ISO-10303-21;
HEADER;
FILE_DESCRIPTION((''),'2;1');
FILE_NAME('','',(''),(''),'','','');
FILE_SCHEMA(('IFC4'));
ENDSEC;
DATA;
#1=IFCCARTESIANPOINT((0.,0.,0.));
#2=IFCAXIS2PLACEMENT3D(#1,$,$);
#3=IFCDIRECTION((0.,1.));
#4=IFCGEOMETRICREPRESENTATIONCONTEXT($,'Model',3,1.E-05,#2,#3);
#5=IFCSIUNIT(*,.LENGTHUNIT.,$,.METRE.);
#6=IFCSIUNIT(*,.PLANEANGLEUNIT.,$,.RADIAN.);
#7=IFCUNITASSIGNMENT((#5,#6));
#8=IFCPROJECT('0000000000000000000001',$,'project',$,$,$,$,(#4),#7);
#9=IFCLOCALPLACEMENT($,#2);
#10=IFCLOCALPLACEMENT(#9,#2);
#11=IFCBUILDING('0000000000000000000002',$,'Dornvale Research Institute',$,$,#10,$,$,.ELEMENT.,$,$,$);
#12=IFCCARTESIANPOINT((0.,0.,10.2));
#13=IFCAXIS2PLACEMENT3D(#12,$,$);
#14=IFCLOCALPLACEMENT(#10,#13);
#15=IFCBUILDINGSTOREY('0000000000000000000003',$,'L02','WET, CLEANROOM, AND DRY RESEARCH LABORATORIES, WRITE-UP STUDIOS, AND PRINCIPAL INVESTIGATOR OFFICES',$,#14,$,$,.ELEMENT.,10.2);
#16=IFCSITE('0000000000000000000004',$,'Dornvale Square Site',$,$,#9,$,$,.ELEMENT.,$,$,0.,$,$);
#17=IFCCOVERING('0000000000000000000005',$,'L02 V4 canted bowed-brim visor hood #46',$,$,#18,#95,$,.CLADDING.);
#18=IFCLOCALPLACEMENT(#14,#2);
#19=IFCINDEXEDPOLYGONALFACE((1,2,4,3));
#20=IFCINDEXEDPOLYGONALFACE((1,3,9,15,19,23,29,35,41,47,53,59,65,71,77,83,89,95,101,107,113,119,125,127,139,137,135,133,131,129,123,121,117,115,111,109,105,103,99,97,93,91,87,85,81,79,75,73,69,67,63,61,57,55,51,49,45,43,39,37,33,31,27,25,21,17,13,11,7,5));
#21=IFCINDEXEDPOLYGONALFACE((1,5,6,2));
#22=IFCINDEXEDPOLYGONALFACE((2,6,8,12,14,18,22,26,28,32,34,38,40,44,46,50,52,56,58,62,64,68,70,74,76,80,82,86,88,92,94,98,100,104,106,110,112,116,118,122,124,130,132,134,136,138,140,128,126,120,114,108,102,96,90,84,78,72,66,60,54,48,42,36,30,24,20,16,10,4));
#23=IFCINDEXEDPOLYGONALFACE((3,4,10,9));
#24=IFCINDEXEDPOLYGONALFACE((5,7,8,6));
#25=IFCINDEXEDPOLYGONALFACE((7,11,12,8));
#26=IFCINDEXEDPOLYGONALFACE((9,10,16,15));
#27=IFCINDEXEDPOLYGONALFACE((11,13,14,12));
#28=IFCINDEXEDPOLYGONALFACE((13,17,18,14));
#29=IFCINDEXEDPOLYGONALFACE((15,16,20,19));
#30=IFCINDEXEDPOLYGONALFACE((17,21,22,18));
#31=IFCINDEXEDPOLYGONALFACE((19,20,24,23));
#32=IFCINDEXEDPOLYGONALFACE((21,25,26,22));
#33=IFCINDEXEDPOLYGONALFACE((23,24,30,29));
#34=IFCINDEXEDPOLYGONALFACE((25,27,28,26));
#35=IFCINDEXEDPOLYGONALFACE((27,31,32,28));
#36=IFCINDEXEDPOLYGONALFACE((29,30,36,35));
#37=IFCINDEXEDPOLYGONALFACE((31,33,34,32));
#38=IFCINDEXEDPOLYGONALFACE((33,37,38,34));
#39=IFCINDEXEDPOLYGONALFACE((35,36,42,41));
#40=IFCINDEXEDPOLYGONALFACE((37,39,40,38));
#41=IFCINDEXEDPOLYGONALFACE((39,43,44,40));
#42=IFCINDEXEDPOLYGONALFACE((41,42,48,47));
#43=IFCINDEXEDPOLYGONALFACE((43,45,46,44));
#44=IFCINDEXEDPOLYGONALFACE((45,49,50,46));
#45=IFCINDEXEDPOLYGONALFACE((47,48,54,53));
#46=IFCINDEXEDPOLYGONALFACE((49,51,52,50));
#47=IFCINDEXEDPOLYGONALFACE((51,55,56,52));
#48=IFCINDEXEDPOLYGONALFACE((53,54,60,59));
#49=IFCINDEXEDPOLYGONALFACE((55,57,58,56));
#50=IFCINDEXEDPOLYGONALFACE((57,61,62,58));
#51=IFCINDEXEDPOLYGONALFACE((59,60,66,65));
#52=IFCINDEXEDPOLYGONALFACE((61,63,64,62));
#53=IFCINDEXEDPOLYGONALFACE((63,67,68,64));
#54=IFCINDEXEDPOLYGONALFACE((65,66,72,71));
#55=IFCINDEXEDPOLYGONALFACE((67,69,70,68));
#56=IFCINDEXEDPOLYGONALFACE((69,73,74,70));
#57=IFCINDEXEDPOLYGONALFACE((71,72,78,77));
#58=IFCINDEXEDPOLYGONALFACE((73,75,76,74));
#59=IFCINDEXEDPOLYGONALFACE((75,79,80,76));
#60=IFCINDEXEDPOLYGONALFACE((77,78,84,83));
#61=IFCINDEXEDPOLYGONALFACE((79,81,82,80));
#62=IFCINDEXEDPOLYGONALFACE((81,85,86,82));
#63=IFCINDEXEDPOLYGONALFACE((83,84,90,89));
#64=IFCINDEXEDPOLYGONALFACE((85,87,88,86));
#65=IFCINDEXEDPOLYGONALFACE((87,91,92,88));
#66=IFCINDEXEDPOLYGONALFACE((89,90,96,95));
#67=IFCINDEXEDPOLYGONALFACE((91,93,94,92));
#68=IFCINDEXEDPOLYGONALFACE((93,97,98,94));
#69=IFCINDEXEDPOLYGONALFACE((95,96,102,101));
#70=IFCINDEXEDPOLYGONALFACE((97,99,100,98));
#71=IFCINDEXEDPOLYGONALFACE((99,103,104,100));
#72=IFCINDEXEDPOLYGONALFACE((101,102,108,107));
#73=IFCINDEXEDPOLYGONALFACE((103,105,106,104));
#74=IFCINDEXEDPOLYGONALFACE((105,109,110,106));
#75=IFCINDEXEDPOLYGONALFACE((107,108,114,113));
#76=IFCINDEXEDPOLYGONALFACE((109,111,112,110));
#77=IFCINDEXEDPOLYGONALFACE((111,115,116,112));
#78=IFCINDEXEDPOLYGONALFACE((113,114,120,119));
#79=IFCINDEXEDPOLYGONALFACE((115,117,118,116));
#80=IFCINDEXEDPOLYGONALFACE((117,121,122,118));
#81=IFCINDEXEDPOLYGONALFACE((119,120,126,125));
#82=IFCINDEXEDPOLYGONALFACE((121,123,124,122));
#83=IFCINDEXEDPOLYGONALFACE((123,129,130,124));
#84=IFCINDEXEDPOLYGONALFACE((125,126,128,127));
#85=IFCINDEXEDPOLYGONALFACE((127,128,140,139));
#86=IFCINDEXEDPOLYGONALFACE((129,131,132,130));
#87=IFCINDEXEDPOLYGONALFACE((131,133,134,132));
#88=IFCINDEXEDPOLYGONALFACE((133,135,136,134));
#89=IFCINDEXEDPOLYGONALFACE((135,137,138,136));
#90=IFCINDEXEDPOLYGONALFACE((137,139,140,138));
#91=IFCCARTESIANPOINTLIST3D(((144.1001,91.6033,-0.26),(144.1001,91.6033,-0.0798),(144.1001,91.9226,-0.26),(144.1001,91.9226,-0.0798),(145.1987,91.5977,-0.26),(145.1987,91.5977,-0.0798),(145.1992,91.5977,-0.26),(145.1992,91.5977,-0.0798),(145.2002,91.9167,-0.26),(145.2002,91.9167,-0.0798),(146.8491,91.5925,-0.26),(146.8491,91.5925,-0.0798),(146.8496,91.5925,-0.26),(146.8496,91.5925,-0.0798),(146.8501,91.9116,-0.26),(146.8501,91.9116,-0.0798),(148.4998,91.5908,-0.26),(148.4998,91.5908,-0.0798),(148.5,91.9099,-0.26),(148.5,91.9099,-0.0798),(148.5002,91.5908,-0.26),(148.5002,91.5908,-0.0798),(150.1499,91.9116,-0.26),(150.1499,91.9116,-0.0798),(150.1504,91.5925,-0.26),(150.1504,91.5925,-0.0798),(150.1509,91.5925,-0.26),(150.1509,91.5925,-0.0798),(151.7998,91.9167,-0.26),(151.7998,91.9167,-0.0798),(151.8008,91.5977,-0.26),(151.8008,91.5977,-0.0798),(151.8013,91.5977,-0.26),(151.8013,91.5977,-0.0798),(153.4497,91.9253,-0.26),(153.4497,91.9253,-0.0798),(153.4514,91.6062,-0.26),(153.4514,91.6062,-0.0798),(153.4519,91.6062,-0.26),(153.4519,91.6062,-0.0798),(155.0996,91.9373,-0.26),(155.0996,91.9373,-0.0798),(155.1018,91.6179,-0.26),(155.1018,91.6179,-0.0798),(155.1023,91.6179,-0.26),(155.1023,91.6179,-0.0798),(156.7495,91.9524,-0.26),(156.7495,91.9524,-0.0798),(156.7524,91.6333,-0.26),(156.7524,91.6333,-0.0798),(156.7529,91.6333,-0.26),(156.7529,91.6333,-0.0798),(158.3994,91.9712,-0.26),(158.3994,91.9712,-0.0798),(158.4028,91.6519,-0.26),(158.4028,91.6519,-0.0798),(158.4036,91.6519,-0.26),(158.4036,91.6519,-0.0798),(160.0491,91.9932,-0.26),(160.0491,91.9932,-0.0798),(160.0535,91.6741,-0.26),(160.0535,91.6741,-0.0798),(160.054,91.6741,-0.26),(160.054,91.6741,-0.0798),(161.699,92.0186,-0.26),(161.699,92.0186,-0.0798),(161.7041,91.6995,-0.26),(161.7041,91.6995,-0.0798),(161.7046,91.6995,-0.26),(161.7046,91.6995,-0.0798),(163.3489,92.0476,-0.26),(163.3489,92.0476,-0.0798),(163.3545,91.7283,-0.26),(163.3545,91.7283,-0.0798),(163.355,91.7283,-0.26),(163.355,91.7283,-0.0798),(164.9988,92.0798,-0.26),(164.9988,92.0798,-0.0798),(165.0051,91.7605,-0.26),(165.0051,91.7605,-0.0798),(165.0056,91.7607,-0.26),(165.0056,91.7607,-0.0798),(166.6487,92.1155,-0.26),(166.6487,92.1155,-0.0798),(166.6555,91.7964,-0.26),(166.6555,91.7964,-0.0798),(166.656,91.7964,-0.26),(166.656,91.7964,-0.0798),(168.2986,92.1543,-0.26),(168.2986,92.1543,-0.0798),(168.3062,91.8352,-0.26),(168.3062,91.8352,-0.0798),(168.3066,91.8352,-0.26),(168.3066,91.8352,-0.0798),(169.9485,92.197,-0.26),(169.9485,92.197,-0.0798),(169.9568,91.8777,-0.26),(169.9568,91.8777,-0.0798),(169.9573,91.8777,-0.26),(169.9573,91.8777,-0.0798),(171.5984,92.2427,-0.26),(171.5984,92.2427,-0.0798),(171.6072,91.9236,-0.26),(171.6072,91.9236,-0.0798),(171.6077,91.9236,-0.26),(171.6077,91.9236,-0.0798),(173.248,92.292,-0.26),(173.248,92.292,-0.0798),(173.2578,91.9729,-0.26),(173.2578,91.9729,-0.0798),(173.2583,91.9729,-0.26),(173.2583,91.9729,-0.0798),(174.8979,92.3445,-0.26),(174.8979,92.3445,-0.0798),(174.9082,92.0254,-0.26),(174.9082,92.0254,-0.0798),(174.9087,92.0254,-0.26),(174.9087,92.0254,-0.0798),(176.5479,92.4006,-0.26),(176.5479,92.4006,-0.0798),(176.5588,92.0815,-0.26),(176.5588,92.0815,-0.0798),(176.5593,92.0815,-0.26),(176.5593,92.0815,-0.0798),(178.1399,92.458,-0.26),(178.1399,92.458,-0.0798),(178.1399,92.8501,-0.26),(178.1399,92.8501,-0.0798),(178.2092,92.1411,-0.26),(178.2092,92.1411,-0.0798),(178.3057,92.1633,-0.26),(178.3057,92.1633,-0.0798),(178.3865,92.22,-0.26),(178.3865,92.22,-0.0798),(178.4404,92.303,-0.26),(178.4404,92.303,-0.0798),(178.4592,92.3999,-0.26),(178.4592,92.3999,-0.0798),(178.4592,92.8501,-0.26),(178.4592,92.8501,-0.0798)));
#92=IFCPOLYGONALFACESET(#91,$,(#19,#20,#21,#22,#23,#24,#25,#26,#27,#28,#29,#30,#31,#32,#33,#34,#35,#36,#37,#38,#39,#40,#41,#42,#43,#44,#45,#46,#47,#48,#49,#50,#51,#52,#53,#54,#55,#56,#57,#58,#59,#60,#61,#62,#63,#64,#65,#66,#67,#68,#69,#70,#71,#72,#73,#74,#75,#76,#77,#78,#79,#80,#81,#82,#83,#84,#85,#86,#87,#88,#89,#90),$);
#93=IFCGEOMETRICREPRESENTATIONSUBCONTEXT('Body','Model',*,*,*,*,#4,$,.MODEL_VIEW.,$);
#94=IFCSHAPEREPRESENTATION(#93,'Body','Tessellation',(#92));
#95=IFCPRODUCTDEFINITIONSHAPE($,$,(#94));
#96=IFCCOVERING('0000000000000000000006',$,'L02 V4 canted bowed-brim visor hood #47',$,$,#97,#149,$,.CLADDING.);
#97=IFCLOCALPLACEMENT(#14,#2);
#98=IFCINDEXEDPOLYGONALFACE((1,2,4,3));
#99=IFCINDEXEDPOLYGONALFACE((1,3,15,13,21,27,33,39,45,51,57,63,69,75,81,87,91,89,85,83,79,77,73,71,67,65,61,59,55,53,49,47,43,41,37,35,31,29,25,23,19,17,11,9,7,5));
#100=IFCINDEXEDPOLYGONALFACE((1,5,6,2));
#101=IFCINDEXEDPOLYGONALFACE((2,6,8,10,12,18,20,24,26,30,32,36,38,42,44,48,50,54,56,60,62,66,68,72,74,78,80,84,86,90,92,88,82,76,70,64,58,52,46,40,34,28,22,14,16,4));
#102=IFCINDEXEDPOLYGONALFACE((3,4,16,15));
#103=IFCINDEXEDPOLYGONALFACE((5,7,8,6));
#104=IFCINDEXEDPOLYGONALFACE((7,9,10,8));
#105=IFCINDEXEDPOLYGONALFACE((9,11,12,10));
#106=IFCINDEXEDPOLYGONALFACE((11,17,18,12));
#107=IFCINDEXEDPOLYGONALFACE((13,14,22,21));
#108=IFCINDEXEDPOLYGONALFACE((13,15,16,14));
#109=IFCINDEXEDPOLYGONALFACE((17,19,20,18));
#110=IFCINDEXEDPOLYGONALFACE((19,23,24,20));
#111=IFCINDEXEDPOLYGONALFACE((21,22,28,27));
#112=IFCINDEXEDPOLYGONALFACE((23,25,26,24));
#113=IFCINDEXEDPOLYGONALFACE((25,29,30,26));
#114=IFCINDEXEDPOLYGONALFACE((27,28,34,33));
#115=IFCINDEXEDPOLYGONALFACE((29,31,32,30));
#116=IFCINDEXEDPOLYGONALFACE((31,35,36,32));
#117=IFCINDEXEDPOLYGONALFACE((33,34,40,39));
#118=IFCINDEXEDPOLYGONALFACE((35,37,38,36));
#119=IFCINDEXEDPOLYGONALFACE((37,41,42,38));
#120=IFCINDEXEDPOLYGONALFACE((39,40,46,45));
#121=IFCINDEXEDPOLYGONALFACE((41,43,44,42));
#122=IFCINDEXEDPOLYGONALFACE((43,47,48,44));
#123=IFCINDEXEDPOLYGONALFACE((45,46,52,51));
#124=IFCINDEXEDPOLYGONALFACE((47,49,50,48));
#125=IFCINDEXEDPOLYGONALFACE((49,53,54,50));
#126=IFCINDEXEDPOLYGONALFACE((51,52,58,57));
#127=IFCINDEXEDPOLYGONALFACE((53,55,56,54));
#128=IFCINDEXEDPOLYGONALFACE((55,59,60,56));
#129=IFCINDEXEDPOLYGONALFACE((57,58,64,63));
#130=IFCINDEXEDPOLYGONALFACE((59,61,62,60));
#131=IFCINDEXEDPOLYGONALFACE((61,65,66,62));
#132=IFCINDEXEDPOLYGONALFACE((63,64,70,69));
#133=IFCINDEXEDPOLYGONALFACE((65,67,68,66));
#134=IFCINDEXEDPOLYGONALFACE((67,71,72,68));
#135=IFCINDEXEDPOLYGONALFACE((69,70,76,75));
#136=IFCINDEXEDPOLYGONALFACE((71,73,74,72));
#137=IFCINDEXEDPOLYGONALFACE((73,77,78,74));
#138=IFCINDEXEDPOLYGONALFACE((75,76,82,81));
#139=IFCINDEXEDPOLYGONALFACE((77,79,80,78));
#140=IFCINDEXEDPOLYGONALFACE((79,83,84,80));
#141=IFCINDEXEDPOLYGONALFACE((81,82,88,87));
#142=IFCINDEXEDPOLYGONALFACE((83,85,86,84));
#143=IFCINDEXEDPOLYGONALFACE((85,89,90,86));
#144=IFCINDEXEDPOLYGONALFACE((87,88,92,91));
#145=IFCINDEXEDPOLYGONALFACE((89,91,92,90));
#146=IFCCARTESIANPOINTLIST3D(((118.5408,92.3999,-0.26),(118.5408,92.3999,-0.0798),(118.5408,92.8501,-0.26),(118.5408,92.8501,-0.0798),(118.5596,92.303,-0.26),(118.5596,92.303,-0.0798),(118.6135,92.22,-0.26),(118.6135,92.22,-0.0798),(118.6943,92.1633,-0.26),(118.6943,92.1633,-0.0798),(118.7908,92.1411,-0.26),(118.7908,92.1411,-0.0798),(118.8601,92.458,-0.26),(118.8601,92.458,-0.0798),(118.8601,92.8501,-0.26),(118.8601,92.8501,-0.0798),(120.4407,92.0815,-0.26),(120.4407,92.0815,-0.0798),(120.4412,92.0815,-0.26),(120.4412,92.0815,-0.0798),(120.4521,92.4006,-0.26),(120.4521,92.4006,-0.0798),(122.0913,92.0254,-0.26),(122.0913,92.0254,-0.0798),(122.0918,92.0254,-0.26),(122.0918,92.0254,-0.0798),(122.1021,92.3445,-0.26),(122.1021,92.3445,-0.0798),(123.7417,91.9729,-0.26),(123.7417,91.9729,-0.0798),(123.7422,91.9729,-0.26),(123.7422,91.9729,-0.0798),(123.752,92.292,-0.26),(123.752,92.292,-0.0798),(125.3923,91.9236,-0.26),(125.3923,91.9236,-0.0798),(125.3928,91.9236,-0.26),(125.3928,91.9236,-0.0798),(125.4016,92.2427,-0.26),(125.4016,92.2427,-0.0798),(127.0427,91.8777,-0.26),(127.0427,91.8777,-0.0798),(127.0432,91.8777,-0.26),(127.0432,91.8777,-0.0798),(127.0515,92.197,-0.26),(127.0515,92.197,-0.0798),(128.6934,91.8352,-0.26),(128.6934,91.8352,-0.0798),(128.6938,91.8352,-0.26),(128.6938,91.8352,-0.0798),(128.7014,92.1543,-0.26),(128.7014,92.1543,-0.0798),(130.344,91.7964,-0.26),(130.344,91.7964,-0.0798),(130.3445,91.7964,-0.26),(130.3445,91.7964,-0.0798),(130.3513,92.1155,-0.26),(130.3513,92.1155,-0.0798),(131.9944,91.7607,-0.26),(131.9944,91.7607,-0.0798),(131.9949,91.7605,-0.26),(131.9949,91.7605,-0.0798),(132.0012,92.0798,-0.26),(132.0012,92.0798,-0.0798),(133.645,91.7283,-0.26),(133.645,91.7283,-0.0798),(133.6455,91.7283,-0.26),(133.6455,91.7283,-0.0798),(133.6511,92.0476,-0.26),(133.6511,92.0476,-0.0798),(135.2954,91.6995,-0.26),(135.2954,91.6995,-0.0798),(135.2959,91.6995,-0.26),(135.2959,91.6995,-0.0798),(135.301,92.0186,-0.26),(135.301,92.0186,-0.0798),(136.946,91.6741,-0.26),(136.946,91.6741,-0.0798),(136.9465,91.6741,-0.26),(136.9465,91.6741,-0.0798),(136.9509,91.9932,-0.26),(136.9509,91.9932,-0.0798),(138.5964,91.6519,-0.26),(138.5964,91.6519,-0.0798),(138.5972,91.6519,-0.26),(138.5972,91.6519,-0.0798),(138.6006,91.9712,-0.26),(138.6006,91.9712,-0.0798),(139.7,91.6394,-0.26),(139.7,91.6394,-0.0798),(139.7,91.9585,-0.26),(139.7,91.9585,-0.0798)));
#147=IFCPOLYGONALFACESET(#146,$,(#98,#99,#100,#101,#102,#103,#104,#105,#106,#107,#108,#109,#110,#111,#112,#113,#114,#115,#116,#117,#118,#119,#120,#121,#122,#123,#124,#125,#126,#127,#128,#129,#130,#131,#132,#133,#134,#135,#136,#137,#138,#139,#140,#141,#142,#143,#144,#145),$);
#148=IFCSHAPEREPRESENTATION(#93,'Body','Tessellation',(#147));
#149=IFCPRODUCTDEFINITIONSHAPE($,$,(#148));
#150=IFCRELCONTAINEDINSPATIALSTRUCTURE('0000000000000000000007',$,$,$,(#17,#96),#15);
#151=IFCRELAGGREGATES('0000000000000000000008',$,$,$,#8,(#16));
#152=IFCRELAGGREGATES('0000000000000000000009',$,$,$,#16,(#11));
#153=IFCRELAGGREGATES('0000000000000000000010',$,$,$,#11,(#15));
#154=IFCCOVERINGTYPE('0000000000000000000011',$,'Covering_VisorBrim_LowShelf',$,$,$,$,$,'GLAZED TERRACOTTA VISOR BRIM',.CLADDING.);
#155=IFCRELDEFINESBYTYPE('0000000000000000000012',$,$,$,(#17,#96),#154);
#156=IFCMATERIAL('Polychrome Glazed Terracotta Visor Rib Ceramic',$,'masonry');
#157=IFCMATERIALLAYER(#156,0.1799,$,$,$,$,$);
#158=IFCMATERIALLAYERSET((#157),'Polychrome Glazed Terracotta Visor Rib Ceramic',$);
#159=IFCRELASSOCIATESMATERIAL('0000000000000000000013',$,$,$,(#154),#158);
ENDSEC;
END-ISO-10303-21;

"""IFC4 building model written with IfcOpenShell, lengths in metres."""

from ifc_helpers import new_model, si_unit, direction, frame, origin, place, context, subcontext, project, spatial, polyline, outline, extrude, material, layer, layer_set, type_object, element, save


model = new_model("IFC4")

# Units and contexts
model_context = context("Model", 3, precision=1e-05, world=origin(), true_north=direction((0.0, 1.0)))
body_context = subcontext(model_context, "Body", "Model", "MODEL_VIEW")
ifc_project = project(units=[si_unit("LENGTHUNIT", "METRE"), si_unit("PLANEANGLEUNIT", "RADIAN")], contexts=[model_context])

# Site, building, storey
site_placement = place(None, origin())
site = spatial("IfcSite", under=ifc_project, at=site_placement, Name="Dornvale Square Site", CompositionType="ELEMENT", RefElevation=0.0)
building_placement = place(site_placement, origin())
building = spatial("IfcBuilding", under=site, at=building_placement, Name="Dornvale Research Institute", CompositionType="ELEMENT")
storey_placement = place(building_placement, frame((0.0, 0.0, 10.2)))
storey = spatial("IfcBuildingStorey", under=building, at=storey_placement, Name="L02", Description="WET, CLEANROOM, AND DRY RESEARCH LABORATORIES, WRITE-UP STUDIOS, AND PRINCIPAL INVESTIGATOR OFFICES", CompositionType="ELEMENT", Elevation=10.2)

# Coverings
ifc_material_1 = material(Name="Polychrome Glazed Terracotta Visor Rib Ceramic", Category="masonry")
ifc_layer_1 = layer(ifc_material_1, 0.1799)
ifc_layer_set_1 = layer_set([ifc_layer_1], Name="Polychrome Glazed Terracotta Visor Rib Ceramic")
covering_type_1 = type_object("IfcCoveringType", Name="Covering_VisorBrim_LowShelf", ElementType="GLAZED TERRACOTTA VISOR BRIM", PredefinedType="CLADDING", material=ifc_layer_set_1)
covering_1_placement = place(storey_placement, frame((0.0, 0.0, -0.26)))
element("IfcCovering", 1, at=covering_1_placement, inside=storey, type_object=covering_type_1, Name="L02 V4 canted bowed-brim visor hood #46", PredefinedType="CLADDING", context=body_context, shape_type="SweptSolid", body=[
    extrude(outline(polyline([(178.4592, 92.3999), (178.4404, 92.303), (178.3865, 92.22), (178.3057, 92.1633), (178.2092, 92.1411), (176.5593, 92.0815), (176.5588, 92.0815), (174.9087, 92.0254), (174.9082, 92.0254), (173.2583, 91.9729), (173.2578, 91.9729), (171.6077, 91.9236), (171.6072, 91.9236), (169.9573, 91.8777), (169.9568, 91.8777), (168.3066, 91.8352), (168.3062, 91.8352), (166.656, 91.7964), (166.6555, 91.7964), (165.0056, 91.7607), (165.0051, 91.7605), (163.355, 91.7283), (163.3545, 91.7283), (161.7046, 91.6995), (161.7041, 91.6995), (160.054, 91.6741), (160.0535, 91.6741), (158.4036, 91.6519), (158.4028, 91.6519), (156.7529, 91.6333), (156.7524, 91.6333), (155.1023, 91.6179), (155.1018, 91.6179), (153.4519, 91.6062), (153.4514, 91.6062), (151.8013, 91.5977), (151.8008, 91.5977), (150.1509, 91.5925), (150.1504, 91.5925), (148.5002, 91.5908), (148.4998, 91.5908), (146.8496, 91.5925), (146.8491, 91.5925), (145.1992, 91.5977), (145.1987, 91.5977), (144.1001, 91.6033), (144.1001, 91.9226), (145.2002, 91.9167), (146.8501, 91.9116), (148.5, 91.9099), (150.1499, 91.9116), (151.7998, 91.9167), (153.4497, 91.9253), (155.0996, 91.9373), (156.7495, 91.9524), (158.3994, 91.9712), (160.0491, 91.9932), (161.699, 92.0186), (163.3489, 92.0476), (164.9988, 92.0798), (166.6487, 92.1155), (168.2986, 92.1543), (169.9485, 92.197), (171.5984, 92.2427), (173.248, 92.292), (174.8979, 92.3445), (176.5479, 92.4006), (178.1399, 92.458), (178.1399, 92.8501), (178.4592, 92.8501), (178.4592, 92.3999)])), origin(), (0.0, 0.0, 1.0), 0.1802),
])
covering_2_placement = place(storey_placement, frame((0.0, 0.0, -0.26)))
element("IfcCovering", 2, at=covering_2_placement, inside=storey, type_object=covering_type_1, Name="L02 V4 canted bowed-brim visor hood #47", PredefinedType="CLADDING", context=body_context, shape_type="SweptSolid", body=[
    extrude(outline(polyline([(138.5964, 91.6519), (136.9465, 91.6741), (136.946, 91.6741), (135.2959, 91.6995), (135.2954, 91.6995), (133.6455, 91.7283), (133.645, 91.7283), (131.9949, 91.7605), (131.9944, 91.7607), (130.3445, 91.7964), (130.344, 91.7964), (128.6938, 91.8352), (128.6934, 91.8352), (127.0432, 91.8777), (127.0427, 91.8777), (125.3928, 91.9236), (125.3923, 91.9236), (123.7422, 91.9729), (123.7417, 91.9729), (122.0918, 92.0254), (122.0913, 92.0254), (120.4412, 92.0815), (120.4407, 92.0815), (118.7908, 92.1411), (118.6943, 92.1633), (118.6135, 92.22), (118.5596, 92.303), (118.5408, 92.3999), (118.5408, 92.8501), (118.8601, 92.8501), (118.8601, 92.458), (120.4521, 92.4006), (122.1021, 92.3445), (123.752, 92.292), (125.4016, 92.2427), (127.0515, 92.197), (128.7014, 92.1543), (130.3513, 92.1155), (132.0012, 92.0798), (133.6511, 92.0476), (135.301, 92.0186), (136.9509, 91.9932), (138.6006, 91.9712), (139.7, 91.9585), (139.7, 91.6394), (138.5972, 91.6519), (138.5964, 91.6519)])), origin(), (0.0, 0.0, 1.0), 0.1802),
])

save(model, "model.ifc")
